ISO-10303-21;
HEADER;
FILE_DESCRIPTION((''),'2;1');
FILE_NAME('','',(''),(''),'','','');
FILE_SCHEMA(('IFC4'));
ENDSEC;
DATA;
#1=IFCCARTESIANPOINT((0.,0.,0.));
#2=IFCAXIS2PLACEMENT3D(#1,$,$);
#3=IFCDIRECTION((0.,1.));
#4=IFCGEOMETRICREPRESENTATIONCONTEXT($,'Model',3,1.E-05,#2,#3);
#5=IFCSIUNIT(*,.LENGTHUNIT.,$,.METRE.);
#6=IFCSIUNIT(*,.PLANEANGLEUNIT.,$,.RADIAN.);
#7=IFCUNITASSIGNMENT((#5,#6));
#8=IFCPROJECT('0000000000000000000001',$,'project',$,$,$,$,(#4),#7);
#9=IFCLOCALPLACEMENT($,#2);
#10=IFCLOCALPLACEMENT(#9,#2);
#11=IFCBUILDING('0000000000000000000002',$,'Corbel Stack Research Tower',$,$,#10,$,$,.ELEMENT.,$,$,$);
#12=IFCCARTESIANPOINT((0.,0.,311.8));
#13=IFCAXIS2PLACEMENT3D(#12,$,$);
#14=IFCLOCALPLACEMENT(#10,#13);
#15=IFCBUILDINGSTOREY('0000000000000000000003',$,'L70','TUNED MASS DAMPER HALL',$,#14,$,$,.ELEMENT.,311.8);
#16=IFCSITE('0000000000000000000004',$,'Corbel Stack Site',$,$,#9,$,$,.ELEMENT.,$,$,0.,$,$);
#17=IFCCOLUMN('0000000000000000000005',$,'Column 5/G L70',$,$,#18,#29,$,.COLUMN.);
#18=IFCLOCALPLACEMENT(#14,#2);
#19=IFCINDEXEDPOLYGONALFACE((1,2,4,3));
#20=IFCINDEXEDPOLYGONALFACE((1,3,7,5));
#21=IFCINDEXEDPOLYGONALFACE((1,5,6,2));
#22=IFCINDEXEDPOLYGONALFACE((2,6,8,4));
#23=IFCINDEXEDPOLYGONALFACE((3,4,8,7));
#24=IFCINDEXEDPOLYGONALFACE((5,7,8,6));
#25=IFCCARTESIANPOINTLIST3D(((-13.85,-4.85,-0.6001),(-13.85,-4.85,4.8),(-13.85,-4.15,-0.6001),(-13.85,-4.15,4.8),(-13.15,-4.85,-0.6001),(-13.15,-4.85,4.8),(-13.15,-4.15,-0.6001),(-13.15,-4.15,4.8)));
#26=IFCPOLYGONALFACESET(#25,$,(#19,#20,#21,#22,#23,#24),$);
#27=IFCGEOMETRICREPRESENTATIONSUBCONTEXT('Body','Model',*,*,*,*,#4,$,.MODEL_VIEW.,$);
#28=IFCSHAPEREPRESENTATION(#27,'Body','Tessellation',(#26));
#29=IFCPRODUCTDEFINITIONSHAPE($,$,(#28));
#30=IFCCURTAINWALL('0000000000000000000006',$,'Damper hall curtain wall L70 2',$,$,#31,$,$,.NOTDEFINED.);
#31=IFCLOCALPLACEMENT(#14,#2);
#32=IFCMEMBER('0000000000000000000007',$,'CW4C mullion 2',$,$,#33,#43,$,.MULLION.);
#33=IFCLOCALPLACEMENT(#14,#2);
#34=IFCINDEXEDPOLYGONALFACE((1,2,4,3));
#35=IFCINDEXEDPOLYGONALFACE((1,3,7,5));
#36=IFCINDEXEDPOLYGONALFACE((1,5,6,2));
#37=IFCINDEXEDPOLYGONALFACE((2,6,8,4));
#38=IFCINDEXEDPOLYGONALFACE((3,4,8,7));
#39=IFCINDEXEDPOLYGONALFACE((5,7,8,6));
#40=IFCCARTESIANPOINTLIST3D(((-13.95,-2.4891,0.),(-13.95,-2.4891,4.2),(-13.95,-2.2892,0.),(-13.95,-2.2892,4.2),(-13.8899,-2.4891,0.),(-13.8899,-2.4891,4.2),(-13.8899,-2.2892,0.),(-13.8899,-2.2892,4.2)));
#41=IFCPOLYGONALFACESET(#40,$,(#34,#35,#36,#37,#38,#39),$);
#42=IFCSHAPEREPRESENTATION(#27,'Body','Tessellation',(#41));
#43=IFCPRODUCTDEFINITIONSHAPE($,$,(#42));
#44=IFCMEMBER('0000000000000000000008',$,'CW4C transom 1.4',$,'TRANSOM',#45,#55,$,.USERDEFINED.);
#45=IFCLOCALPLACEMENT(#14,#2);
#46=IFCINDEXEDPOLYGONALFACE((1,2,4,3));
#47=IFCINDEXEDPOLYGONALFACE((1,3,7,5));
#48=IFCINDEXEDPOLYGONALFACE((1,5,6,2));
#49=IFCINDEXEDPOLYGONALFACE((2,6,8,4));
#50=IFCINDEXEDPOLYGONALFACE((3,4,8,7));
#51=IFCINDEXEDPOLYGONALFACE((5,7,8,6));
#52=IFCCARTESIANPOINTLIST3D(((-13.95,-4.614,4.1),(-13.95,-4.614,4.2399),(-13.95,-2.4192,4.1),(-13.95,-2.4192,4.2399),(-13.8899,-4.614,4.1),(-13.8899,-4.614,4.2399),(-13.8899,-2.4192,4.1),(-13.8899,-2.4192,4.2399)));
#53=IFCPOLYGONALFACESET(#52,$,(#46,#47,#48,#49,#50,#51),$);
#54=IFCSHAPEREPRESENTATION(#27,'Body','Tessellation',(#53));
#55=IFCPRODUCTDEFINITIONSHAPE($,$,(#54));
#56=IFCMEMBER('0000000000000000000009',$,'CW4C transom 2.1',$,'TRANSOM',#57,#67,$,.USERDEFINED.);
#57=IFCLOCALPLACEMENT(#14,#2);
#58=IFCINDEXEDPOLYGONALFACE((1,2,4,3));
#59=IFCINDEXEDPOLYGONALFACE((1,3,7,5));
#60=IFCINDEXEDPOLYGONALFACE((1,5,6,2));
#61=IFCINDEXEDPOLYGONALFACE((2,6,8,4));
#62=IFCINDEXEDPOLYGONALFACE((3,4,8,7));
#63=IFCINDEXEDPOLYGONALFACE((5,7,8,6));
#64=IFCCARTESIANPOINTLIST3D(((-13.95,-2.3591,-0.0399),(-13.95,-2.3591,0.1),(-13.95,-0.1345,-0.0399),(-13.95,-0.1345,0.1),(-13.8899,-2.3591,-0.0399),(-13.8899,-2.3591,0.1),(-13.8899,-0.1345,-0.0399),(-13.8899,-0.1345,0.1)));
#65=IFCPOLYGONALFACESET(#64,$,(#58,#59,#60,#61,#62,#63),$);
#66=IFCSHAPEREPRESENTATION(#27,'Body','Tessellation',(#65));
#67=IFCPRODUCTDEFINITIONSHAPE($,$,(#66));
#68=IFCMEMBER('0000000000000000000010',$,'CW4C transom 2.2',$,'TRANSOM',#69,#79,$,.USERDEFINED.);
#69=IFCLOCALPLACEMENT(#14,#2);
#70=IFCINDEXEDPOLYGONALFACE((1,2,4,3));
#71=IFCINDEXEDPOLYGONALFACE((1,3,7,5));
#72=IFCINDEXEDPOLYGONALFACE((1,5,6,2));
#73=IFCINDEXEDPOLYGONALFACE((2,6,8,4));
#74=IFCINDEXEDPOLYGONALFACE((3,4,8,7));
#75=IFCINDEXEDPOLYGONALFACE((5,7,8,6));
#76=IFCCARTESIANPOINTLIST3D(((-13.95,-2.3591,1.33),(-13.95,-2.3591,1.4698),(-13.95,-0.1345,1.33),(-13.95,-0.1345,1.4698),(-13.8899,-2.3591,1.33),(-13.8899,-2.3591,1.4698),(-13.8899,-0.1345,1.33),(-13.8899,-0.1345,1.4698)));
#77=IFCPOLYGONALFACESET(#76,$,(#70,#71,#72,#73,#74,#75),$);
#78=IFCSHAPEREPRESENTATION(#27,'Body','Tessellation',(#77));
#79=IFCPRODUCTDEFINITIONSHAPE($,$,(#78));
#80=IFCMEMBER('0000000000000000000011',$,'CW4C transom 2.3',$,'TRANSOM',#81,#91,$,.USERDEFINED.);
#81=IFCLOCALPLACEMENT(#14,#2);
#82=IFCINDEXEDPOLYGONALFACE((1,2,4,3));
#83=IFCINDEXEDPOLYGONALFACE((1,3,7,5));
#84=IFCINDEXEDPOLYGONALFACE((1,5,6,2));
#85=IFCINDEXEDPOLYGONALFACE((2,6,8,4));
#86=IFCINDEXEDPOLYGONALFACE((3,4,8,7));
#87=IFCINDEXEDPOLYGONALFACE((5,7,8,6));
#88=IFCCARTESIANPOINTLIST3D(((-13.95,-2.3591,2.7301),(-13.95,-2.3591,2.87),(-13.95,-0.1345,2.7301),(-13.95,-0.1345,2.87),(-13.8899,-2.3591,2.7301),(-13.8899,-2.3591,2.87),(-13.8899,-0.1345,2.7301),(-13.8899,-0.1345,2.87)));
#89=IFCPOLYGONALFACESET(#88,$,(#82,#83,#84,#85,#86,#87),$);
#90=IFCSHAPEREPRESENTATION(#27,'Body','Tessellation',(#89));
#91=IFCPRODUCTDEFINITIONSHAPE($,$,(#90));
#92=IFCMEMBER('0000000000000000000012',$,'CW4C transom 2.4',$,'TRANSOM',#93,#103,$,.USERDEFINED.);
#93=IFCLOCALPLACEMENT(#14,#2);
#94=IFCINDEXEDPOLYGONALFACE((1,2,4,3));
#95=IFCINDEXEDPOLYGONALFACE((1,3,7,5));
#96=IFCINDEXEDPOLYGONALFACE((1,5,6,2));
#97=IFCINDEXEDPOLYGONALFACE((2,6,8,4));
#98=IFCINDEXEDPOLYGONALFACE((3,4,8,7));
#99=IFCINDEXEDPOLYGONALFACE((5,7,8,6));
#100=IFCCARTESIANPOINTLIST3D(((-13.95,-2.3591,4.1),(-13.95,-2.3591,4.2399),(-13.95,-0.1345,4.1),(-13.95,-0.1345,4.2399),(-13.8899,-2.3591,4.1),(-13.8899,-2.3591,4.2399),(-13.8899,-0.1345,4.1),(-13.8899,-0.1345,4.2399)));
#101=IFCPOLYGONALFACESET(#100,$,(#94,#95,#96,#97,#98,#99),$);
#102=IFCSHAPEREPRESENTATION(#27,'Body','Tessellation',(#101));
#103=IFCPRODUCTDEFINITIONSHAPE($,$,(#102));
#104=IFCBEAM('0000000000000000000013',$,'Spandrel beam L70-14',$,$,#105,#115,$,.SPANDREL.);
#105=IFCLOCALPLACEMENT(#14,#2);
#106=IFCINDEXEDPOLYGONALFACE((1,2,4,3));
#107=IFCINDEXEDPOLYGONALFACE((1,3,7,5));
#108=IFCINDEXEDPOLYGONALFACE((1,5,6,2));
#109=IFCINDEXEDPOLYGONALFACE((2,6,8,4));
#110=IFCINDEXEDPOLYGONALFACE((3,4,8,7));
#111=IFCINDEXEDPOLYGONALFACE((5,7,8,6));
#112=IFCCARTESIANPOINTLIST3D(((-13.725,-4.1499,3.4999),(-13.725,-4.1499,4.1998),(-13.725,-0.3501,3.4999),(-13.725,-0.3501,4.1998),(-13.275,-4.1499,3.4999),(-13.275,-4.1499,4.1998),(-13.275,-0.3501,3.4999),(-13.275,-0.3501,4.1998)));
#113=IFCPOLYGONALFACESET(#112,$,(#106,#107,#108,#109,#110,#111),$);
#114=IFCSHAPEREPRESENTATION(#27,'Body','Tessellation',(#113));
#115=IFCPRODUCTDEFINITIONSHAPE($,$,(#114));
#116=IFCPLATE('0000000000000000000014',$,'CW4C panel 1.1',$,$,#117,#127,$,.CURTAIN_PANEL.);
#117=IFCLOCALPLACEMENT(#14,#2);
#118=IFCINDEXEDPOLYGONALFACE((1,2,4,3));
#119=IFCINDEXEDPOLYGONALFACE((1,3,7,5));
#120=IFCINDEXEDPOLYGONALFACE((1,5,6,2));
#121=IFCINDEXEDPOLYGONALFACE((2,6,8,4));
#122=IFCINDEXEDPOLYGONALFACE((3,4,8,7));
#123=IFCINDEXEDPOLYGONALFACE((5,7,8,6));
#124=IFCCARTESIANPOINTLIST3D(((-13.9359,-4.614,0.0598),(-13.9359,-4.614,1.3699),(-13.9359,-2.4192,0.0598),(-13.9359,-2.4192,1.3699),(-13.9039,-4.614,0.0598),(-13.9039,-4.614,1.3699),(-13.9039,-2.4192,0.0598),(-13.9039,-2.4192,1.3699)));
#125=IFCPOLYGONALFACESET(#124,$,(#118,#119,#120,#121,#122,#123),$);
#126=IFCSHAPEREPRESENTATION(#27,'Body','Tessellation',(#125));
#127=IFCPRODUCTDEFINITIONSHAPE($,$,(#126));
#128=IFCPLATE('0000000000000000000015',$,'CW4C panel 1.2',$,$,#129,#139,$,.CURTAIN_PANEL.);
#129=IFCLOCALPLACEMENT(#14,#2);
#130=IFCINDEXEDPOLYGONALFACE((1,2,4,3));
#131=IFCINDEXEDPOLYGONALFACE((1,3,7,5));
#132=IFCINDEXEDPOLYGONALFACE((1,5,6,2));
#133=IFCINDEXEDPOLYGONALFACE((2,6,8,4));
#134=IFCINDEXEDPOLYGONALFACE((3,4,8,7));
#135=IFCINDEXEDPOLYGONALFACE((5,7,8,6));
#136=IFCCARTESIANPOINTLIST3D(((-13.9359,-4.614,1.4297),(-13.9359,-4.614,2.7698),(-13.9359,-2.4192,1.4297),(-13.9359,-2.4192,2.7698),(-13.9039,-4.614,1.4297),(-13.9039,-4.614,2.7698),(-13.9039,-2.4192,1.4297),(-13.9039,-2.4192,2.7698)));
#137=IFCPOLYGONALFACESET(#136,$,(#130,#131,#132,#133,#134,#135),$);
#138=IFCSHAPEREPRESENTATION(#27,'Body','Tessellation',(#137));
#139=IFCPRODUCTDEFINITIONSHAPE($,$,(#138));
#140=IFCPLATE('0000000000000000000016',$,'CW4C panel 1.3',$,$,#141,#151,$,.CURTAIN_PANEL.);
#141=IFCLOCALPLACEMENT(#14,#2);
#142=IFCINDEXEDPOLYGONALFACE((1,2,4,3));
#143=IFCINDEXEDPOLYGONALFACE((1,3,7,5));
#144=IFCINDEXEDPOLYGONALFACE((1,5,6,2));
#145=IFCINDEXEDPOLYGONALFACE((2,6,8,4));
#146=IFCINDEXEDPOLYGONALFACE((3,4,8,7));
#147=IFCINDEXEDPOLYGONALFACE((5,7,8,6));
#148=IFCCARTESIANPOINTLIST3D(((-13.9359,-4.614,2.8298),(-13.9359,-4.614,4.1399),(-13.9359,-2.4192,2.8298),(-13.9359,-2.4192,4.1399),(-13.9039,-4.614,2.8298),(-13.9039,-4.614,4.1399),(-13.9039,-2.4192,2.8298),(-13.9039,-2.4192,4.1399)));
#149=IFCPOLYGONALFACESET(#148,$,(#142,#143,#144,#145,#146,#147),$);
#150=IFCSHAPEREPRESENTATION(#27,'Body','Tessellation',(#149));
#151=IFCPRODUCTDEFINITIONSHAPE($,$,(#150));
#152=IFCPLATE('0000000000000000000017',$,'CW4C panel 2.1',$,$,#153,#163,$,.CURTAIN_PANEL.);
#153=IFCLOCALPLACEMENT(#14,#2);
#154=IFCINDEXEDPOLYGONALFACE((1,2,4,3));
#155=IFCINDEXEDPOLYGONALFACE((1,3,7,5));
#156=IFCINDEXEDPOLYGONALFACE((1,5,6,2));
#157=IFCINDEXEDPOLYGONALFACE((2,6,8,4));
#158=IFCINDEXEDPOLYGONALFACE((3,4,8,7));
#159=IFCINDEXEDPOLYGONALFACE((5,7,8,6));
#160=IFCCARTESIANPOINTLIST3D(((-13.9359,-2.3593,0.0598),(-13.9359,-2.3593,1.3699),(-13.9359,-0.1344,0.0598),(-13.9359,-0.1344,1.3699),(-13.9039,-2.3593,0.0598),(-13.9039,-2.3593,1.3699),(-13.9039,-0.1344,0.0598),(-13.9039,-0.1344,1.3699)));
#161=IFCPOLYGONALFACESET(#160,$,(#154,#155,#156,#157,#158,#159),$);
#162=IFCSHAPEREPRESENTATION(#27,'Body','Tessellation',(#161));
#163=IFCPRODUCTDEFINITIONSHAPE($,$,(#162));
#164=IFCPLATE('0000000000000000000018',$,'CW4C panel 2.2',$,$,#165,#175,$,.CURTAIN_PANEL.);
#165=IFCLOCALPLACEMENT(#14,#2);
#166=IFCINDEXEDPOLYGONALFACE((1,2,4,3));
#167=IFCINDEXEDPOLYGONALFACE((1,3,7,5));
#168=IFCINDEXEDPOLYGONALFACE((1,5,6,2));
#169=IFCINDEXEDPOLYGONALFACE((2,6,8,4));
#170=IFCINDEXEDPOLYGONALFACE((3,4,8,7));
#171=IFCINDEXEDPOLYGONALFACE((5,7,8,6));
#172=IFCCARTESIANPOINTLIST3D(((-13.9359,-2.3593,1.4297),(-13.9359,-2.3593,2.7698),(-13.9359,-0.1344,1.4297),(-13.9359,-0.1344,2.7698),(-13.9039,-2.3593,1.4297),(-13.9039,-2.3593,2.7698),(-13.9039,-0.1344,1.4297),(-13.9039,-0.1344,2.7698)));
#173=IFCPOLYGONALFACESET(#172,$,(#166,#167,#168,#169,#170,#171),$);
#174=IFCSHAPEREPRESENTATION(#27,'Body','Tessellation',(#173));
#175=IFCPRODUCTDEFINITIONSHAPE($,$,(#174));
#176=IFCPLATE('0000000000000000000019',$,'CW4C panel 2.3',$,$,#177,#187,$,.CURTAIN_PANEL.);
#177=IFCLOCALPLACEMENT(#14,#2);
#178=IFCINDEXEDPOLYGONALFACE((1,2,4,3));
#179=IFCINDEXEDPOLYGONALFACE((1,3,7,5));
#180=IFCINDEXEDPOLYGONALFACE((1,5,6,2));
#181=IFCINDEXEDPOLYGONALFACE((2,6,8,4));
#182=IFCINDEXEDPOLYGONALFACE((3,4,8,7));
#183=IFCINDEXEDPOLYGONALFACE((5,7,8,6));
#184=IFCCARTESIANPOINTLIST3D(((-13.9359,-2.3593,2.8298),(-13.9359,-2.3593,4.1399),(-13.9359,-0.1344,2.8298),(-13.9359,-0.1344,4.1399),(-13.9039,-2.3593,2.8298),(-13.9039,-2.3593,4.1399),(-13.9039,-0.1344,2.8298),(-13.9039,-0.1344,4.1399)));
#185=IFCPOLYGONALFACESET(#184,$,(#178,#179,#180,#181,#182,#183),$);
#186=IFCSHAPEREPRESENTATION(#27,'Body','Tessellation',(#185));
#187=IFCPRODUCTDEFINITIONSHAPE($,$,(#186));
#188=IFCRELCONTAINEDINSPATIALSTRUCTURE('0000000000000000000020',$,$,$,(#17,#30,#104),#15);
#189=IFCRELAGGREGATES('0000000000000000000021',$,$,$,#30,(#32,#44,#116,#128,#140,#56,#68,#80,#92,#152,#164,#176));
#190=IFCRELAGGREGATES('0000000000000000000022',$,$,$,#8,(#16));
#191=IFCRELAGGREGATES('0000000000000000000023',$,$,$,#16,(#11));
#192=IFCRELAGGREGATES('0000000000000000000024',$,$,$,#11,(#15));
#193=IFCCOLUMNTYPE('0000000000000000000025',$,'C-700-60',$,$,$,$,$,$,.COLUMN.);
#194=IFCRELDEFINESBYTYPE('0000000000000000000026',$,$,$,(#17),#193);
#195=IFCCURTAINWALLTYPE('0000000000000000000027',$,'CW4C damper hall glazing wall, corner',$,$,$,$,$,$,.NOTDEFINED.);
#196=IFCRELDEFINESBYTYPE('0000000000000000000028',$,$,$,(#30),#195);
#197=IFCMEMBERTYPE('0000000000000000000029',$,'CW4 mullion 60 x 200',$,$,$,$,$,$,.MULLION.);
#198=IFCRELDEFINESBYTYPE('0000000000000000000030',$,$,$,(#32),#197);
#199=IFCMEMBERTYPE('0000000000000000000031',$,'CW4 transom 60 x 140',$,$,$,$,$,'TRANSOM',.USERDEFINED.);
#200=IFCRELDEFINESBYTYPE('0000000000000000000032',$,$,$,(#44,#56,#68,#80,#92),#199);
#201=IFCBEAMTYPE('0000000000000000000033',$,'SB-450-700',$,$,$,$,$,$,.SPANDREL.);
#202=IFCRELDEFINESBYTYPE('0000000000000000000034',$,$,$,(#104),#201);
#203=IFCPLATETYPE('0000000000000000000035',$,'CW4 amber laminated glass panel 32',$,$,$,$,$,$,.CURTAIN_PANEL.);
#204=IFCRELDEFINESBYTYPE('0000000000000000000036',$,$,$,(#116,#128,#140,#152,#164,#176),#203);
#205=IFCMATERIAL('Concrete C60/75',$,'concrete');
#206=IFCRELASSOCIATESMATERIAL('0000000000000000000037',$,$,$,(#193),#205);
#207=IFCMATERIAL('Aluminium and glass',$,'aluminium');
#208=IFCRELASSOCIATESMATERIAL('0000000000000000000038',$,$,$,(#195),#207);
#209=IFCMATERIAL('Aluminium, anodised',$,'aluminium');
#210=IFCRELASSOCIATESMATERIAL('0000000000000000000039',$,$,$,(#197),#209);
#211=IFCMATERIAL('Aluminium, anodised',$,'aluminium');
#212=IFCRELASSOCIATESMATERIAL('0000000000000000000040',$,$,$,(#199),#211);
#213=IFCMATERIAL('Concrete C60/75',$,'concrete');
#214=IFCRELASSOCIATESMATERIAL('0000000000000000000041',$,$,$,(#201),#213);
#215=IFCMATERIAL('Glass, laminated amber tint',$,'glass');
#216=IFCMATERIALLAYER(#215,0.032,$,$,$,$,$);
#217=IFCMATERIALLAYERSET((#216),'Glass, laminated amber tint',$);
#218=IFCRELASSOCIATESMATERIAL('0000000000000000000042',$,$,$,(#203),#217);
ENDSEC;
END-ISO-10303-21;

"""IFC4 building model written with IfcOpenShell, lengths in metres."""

from ifc_helpers import new_model, si_unit, direction, frame, origin, origin_2d, place, context, subcontext, project, spatial, rectangle, extrude, material, layer, layer_set, material_profile, profile_set, type_object, element, aggregate, save


model = new_model("IFC4")

# Units and contexts
model_context = context("Model", 3, precision=1e-05, world=origin(), true_north=direction((0.0, 1.0)))
body_context = subcontext(model_context, "Body", "Model", "MODEL_VIEW")
ifc_project = project(units=[si_unit("LENGTHUNIT", "METRE"), si_unit("PLANEANGLEUNIT", "RADIAN")], contexts=[model_context])

# Site, building, storey
site_placement = place(None, origin())
site = spatial("IfcSite", under=ifc_project, at=site_placement, Name="Corbel Stack Site", CompositionType="ELEMENT", RefElevation=0.0)
building_placement = place(site_placement, origin())
building = spatial("IfcBuilding", under=site, at=building_placement, Name="Corbel Stack Research Tower", CompositionType="ELEMENT")
storey_placement = place(building_placement, frame((0.0, 0.0, 311.8)))
storey = spatial("IfcBuildingStorey", under=building, at=storey_placement, Name="L70", Description="TUNED MASS DAMPER HALL", CompositionType="ELEMENT", Elevation=311.8)

# Column
ifc_material_1 = material(Name="Concrete C60/75", Category="concrete")
ifc_material_profile_1 = material_profile(ifc_material_1, rectangle(XDim=0.7, YDim=0.7, at=origin_2d()), Name="RC 700 x 700")
ifc_profile_set_1 = profile_set([ifc_material_profile_1], Name="Concrete C60/75")
column_type = type_object("IfcColumnType", Name="C-700-60", PredefinedType="COLUMN", material=ifc_profile_set_1)
column_placement = place(storey_placement, frame((-13.5, -4.5, -0.6001), z_axis=(0.0, 0.0, 1.0), x_axis=(1.0, 0.0, 0.0)))
element("IfcColumn", 1, at=column_placement, inside=storey, type_object=column_type, Name="Column 5/G L70", PredefinedType="COLUMN", context=body_context, shape_type="SweptSolid", body=[
    extrude(rectangle(XDim=0.7, YDim=0.7, at=origin_2d()), origin(), (0.0, 0.0, 1.0), 5.4001),
])

# Curtain wall, members
ifc_material_2 = material(Name="Aluminium and glass", Category="aluminium")
curtain_wall_type = type_object("IfcCurtainWallType", Name="CW4C damper hall glazing wall, corner", PredefinedType="NOTDEFINED", material=ifc_material_2)
curtain_wall_placement = place(storey_placement, origin())
curtain_wall = element("IfcCurtainWall", 2, at=curtain_wall_placement, inside=storey, type_object=curtain_wall_type, Name="Damper hall curtain wall L70 2", PredefinedType="NOTDEFINED")
ifc_material_3 = material(Name="Aluminium, anodised", Category="aluminium")
ifc_material_profile_2 = material_profile(ifc_material_3, rectangle(XDim=0.0601, YDim=0.2, at=origin_2d()), Name="CW4 mullion 60 x 200")
ifc_profile_set_2 = profile_set([ifc_material_profile_2], Name="Aluminium, anodised")
member_type_1 = type_object("IfcMemberType", Name="CW4 mullion 60 x 200", PredefinedType="MULLION", material=ifc_profile_set_2)
member_1_placement = place(storey_placement, frame((-13.9199, -2.3892, 0.0), z_axis=(0.0, 0.0, 1.0), x_axis=(-1.0, 0.0, 0.0)))
member_1 = element("IfcMember", 3, at=member_1_placement, type_object=member_type_1, Name="CW4C mullion 2", PredefinedType="MULLION", context=body_context, shape_type="SweptSolid", body=[
    extrude(rectangle(XDim=0.0601, YDim=0.2, at=origin_2d()), origin(), (0.0, 0.0, 1.0), 4.2),
])
ifc_material_4 = material(Name="Aluminium, anodised", Category="aluminium")
ifc_material_profile_3 = material_profile(ifc_material_4, rectangle(XDim=0.0601, YDim=0.1399, at=origin_2d()), Name="CW4 transom 60 x 140")
ifc_profile_set_3 = profile_set([ifc_material_profile_3], Name="Aluminium, anodised")
member_type_2 = type_object("IfcMemberType", Name="CW4 transom 60 x 140", ElementType="TRANSOM", PredefinedType="USERDEFINED", material=ifc_profile_set_3)
member_2_placement = place(storey_placement, frame((-13.9199, -4.614, 4.1699), z_axis=(0.0, 1.0, 0.0), x_axis=(-1.0, 0.0, 0.0)))
member_2 = element("IfcMember", 4, at=member_2_placement, type_object=member_type_2, Name="CW4C transom 1.4", ObjectType="TRANSOM", PredefinedType="USERDEFINED", context=body_context, shape_type="SweptSolid", body=[
    extrude(rectangle(XDim=0.0601, YDim=0.1399, at=origin_2d()), origin(), (0.0, 0.0, 1.0), 2.1948),
])
member_3_placement = place(storey_placement, frame((-13.9199, -2.3591, 0.03), z_axis=(0.0, 1.0, 0.0), x_axis=(-1.0, 0.0, 0.0)))
member_3 = element("IfcMember", 5, at=member_3_placement, type_object=member_type_2, Name="CW4C transom 2.1", ObjectType="TRANSOM", PredefinedType="USERDEFINED", context=body_context, shape_type="SweptSolid", body=[
    extrude(rectangle(XDim=0.0601, YDim=0.1399, at=origin_2d()), origin(), (0.0, 0.0, 1.0), 2.2246),
])
member_4_placement = place(storey_placement, frame((-13.9199, -2.3591, 1.3999), z_axis=(0.0, 1.0, 0.0), x_axis=(-1.0, 0.0, 0.0)))
member_4 = element("IfcMember", 6, at=member_4_placement, type_object=member_type_2, Name="CW4C transom 2.2", ObjectType="TRANSOM", PredefinedType="USERDEFINED", context=body_context, shape_type="SweptSolid", body=[
    extrude(rectangle(XDim=0.0601, YDim=0.1399, at=origin_2d()), origin(), (0.0, 0.0, 1.0), 2.2246),
])
member_5_placement = place(storey_placement, frame((-13.9199, -2.3591, 2.8), z_axis=(0.0, 1.0, 0.0), x_axis=(-1.0, 0.0, 0.0)))
member_5 = element("IfcMember", 7, at=member_5_placement, type_object=member_type_2, Name="CW4C transom 2.3", ObjectType="TRANSOM", PredefinedType="USERDEFINED", context=body_context, shape_type="SweptSolid", body=[
    extrude(rectangle(XDim=0.0601, YDim=0.1399, at=origin_2d()), origin(), (0.0, 0.0, 1.0), 2.2246),
])
member_6_placement = place(storey_placement, frame((-13.9199, -2.3591, 4.1699), z_axis=(0.0, 1.0, 0.0), x_axis=(-1.0, 0.0, 0.0)))
member_6 = element("IfcMember", 8, at=member_6_placement, type_object=member_type_2, Name="CW4C transom 2.4", ObjectType="TRANSOM", PredefinedType="USERDEFINED", context=body_context, shape_type="SweptSolid", body=[
    extrude(rectangle(XDim=0.0601, YDim=0.1399, at=origin_2d()), origin(), (0.0, 0.0, 1.0), 2.2246),
])

# Beam
ifc_material_5 = material(Name="Concrete C60/75", Category="concrete")
ifc_material_profile_4 = material_profile(ifc_material_5, rectangle(XDim=0.45, YDim=0.7, at=origin_2d()), Name="RC 450 x 700")
ifc_profile_set_4 = profile_set([ifc_material_profile_4], Name="Concrete C60/75")
beam_type = type_object("IfcBeamType", Name="SB-450-700", PredefinedType="SPANDREL", material=ifc_profile_set_4)
beam_placement = place(storey_placement, frame((-13.5, -0.3501, 3.8499), z_axis=(0.0, -1.0, 0.0), x_axis=(1.0, 0.0, 0.0)))
element("IfcBeam", 9, at=beam_placement, inside=storey, type_object=beam_type, Name="Spandrel beam L70-14", PredefinedType="SPANDREL", context=body_context, shape_type="SweptSolid", body=[
    extrude(rectangle(XDim=0.45, YDim=0.7, at=origin_2d()), origin(), (0.0, 0.0, 1.0), 3.7998),
])

# Plates
ifc_material_6 = material(Name="Glass, laminated amber tint", Category="glass")
ifc_layer_1 = layer(ifc_material_6, 0.032)
ifc_layer_set_1 = layer_set([ifc_layer_1], Name="Glass, laminated amber tint")
plate_type = type_object("IfcPlateType", Name="CW4 amber laminated glass panel 32", PredefinedType="CURTAIN_PANEL", material=ifc_layer_set_1)
plate_1_placement = place(storey_placement, frame((-13.9199, -3.5166, 0.0598), z_axis=(0.0, 0.0, 1.0), x_axis=(0.0, 1.0, 0.0)))
plate_1 = element("IfcPlate", 10, at=plate_1_placement, type_object=plate_type, Name="CW4C panel 1.1", PredefinedType="CURTAIN_PANEL", context=body_context, shape_type="SweptSolid", body=[
    extrude(rectangle(XDim=2.1948, YDim=0.032, at=origin_2d()), origin(), (0.0, 0.0, 1.0), 1.3101),
])
plate_2_placement = place(storey_placement, frame((-13.9199, -3.5166, 1.4297), z_axis=(0.0, 0.0, 1.0), x_axis=(0.0, 1.0, 0.0)))
plate_2 = element("IfcPlate", 11, at=plate_2_placement, type_object=plate_type, Name="CW4C panel 1.2", PredefinedType="CURTAIN_PANEL", context=body_context, shape_type="SweptSolid", body=[
    extrude(rectangle(XDim=2.1948, YDim=0.032, at=origin_2d()), origin(), (0.0, 0.0, 1.0), 1.3401),
])
plate_3_placement = place(storey_placement, frame((-13.9199, -3.5166, 2.8298), z_axis=(0.0, 0.0, 1.0), x_axis=(0.0, 1.0, 0.0)))
plate_3 = element("IfcPlate", 12, at=plate_3_placement, type_object=plate_type, Name="CW4C panel 1.3", PredefinedType="CURTAIN_PANEL", context=body_context, shape_type="SweptSolid", body=[
    extrude(rectangle(XDim=2.1948, YDim=0.032, at=origin_2d()), origin(), (0.0, 0.0, 1.0), 1.3101),
])
plate_4_placement = place(storey_placement, frame((-13.9199, -1.2468, 0.0598), z_axis=(0.0, 0.0, 1.0), x_axis=(0.0, 1.0, 0.0)))
plate_4 = element("IfcPlate", 13, at=plate_4_placement, type_object=plate_type, Name="CW4C panel 2.1", PredefinedType="CURTAIN_PANEL", context=body_context, shape_type="SweptSolid", body=[
    extrude(rectangle(XDim=2.2249, YDim=0.032, at=origin_2d()), origin(), (0.0, 0.0, 1.0), 1.3101),
])
plate_5_placement = place(storey_placement, frame((-13.9199, -1.2468, 1.4297), z_axis=(0.0, 0.0, 1.0), x_axis=(0.0, 1.0, 0.0)))
plate_5 = element("IfcPlate", 14, at=plate_5_placement, type_object=plate_type, Name="CW4C panel 2.2", PredefinedType="CURTAIN_PANEL", context=body_context, shape_type="SweptSolid", body=[
    extrude(rectangle(XDim=2.2249, YDim=0.032, at=origin_2d()), origin(), (0.0, 0.0, 1.0), 1.3401),
])
plate_6_placement = place(storey_placement, frame((-13.9199, -1.2468, 2.8298), z_axis=(0.0, 0.0, 1.0), x_axis=(0.0, 1.0, 0.0)))
plate_6 = element("IfcPlate", 15, at=plate_6_placement, type_object=plate_type, Name="CW4C panel 2.3", PredefinedType="CURTAIN_PANEL", context=body_context, shape_type="SweptSolid", body=[
    extrude(rectangle(XDim=2.2249, YDim=0.032, at=origin_2d()), origin(), (0.0, 0.0, 1.0), 1.3101),
])
aggregate(curtain_wall, [member_1, member_2, plate_1, plate_2, plate_3, member_3, member_4, member_5, member_6, plate_4, plate_5, plate_6])

save(model, "model.ifc")
